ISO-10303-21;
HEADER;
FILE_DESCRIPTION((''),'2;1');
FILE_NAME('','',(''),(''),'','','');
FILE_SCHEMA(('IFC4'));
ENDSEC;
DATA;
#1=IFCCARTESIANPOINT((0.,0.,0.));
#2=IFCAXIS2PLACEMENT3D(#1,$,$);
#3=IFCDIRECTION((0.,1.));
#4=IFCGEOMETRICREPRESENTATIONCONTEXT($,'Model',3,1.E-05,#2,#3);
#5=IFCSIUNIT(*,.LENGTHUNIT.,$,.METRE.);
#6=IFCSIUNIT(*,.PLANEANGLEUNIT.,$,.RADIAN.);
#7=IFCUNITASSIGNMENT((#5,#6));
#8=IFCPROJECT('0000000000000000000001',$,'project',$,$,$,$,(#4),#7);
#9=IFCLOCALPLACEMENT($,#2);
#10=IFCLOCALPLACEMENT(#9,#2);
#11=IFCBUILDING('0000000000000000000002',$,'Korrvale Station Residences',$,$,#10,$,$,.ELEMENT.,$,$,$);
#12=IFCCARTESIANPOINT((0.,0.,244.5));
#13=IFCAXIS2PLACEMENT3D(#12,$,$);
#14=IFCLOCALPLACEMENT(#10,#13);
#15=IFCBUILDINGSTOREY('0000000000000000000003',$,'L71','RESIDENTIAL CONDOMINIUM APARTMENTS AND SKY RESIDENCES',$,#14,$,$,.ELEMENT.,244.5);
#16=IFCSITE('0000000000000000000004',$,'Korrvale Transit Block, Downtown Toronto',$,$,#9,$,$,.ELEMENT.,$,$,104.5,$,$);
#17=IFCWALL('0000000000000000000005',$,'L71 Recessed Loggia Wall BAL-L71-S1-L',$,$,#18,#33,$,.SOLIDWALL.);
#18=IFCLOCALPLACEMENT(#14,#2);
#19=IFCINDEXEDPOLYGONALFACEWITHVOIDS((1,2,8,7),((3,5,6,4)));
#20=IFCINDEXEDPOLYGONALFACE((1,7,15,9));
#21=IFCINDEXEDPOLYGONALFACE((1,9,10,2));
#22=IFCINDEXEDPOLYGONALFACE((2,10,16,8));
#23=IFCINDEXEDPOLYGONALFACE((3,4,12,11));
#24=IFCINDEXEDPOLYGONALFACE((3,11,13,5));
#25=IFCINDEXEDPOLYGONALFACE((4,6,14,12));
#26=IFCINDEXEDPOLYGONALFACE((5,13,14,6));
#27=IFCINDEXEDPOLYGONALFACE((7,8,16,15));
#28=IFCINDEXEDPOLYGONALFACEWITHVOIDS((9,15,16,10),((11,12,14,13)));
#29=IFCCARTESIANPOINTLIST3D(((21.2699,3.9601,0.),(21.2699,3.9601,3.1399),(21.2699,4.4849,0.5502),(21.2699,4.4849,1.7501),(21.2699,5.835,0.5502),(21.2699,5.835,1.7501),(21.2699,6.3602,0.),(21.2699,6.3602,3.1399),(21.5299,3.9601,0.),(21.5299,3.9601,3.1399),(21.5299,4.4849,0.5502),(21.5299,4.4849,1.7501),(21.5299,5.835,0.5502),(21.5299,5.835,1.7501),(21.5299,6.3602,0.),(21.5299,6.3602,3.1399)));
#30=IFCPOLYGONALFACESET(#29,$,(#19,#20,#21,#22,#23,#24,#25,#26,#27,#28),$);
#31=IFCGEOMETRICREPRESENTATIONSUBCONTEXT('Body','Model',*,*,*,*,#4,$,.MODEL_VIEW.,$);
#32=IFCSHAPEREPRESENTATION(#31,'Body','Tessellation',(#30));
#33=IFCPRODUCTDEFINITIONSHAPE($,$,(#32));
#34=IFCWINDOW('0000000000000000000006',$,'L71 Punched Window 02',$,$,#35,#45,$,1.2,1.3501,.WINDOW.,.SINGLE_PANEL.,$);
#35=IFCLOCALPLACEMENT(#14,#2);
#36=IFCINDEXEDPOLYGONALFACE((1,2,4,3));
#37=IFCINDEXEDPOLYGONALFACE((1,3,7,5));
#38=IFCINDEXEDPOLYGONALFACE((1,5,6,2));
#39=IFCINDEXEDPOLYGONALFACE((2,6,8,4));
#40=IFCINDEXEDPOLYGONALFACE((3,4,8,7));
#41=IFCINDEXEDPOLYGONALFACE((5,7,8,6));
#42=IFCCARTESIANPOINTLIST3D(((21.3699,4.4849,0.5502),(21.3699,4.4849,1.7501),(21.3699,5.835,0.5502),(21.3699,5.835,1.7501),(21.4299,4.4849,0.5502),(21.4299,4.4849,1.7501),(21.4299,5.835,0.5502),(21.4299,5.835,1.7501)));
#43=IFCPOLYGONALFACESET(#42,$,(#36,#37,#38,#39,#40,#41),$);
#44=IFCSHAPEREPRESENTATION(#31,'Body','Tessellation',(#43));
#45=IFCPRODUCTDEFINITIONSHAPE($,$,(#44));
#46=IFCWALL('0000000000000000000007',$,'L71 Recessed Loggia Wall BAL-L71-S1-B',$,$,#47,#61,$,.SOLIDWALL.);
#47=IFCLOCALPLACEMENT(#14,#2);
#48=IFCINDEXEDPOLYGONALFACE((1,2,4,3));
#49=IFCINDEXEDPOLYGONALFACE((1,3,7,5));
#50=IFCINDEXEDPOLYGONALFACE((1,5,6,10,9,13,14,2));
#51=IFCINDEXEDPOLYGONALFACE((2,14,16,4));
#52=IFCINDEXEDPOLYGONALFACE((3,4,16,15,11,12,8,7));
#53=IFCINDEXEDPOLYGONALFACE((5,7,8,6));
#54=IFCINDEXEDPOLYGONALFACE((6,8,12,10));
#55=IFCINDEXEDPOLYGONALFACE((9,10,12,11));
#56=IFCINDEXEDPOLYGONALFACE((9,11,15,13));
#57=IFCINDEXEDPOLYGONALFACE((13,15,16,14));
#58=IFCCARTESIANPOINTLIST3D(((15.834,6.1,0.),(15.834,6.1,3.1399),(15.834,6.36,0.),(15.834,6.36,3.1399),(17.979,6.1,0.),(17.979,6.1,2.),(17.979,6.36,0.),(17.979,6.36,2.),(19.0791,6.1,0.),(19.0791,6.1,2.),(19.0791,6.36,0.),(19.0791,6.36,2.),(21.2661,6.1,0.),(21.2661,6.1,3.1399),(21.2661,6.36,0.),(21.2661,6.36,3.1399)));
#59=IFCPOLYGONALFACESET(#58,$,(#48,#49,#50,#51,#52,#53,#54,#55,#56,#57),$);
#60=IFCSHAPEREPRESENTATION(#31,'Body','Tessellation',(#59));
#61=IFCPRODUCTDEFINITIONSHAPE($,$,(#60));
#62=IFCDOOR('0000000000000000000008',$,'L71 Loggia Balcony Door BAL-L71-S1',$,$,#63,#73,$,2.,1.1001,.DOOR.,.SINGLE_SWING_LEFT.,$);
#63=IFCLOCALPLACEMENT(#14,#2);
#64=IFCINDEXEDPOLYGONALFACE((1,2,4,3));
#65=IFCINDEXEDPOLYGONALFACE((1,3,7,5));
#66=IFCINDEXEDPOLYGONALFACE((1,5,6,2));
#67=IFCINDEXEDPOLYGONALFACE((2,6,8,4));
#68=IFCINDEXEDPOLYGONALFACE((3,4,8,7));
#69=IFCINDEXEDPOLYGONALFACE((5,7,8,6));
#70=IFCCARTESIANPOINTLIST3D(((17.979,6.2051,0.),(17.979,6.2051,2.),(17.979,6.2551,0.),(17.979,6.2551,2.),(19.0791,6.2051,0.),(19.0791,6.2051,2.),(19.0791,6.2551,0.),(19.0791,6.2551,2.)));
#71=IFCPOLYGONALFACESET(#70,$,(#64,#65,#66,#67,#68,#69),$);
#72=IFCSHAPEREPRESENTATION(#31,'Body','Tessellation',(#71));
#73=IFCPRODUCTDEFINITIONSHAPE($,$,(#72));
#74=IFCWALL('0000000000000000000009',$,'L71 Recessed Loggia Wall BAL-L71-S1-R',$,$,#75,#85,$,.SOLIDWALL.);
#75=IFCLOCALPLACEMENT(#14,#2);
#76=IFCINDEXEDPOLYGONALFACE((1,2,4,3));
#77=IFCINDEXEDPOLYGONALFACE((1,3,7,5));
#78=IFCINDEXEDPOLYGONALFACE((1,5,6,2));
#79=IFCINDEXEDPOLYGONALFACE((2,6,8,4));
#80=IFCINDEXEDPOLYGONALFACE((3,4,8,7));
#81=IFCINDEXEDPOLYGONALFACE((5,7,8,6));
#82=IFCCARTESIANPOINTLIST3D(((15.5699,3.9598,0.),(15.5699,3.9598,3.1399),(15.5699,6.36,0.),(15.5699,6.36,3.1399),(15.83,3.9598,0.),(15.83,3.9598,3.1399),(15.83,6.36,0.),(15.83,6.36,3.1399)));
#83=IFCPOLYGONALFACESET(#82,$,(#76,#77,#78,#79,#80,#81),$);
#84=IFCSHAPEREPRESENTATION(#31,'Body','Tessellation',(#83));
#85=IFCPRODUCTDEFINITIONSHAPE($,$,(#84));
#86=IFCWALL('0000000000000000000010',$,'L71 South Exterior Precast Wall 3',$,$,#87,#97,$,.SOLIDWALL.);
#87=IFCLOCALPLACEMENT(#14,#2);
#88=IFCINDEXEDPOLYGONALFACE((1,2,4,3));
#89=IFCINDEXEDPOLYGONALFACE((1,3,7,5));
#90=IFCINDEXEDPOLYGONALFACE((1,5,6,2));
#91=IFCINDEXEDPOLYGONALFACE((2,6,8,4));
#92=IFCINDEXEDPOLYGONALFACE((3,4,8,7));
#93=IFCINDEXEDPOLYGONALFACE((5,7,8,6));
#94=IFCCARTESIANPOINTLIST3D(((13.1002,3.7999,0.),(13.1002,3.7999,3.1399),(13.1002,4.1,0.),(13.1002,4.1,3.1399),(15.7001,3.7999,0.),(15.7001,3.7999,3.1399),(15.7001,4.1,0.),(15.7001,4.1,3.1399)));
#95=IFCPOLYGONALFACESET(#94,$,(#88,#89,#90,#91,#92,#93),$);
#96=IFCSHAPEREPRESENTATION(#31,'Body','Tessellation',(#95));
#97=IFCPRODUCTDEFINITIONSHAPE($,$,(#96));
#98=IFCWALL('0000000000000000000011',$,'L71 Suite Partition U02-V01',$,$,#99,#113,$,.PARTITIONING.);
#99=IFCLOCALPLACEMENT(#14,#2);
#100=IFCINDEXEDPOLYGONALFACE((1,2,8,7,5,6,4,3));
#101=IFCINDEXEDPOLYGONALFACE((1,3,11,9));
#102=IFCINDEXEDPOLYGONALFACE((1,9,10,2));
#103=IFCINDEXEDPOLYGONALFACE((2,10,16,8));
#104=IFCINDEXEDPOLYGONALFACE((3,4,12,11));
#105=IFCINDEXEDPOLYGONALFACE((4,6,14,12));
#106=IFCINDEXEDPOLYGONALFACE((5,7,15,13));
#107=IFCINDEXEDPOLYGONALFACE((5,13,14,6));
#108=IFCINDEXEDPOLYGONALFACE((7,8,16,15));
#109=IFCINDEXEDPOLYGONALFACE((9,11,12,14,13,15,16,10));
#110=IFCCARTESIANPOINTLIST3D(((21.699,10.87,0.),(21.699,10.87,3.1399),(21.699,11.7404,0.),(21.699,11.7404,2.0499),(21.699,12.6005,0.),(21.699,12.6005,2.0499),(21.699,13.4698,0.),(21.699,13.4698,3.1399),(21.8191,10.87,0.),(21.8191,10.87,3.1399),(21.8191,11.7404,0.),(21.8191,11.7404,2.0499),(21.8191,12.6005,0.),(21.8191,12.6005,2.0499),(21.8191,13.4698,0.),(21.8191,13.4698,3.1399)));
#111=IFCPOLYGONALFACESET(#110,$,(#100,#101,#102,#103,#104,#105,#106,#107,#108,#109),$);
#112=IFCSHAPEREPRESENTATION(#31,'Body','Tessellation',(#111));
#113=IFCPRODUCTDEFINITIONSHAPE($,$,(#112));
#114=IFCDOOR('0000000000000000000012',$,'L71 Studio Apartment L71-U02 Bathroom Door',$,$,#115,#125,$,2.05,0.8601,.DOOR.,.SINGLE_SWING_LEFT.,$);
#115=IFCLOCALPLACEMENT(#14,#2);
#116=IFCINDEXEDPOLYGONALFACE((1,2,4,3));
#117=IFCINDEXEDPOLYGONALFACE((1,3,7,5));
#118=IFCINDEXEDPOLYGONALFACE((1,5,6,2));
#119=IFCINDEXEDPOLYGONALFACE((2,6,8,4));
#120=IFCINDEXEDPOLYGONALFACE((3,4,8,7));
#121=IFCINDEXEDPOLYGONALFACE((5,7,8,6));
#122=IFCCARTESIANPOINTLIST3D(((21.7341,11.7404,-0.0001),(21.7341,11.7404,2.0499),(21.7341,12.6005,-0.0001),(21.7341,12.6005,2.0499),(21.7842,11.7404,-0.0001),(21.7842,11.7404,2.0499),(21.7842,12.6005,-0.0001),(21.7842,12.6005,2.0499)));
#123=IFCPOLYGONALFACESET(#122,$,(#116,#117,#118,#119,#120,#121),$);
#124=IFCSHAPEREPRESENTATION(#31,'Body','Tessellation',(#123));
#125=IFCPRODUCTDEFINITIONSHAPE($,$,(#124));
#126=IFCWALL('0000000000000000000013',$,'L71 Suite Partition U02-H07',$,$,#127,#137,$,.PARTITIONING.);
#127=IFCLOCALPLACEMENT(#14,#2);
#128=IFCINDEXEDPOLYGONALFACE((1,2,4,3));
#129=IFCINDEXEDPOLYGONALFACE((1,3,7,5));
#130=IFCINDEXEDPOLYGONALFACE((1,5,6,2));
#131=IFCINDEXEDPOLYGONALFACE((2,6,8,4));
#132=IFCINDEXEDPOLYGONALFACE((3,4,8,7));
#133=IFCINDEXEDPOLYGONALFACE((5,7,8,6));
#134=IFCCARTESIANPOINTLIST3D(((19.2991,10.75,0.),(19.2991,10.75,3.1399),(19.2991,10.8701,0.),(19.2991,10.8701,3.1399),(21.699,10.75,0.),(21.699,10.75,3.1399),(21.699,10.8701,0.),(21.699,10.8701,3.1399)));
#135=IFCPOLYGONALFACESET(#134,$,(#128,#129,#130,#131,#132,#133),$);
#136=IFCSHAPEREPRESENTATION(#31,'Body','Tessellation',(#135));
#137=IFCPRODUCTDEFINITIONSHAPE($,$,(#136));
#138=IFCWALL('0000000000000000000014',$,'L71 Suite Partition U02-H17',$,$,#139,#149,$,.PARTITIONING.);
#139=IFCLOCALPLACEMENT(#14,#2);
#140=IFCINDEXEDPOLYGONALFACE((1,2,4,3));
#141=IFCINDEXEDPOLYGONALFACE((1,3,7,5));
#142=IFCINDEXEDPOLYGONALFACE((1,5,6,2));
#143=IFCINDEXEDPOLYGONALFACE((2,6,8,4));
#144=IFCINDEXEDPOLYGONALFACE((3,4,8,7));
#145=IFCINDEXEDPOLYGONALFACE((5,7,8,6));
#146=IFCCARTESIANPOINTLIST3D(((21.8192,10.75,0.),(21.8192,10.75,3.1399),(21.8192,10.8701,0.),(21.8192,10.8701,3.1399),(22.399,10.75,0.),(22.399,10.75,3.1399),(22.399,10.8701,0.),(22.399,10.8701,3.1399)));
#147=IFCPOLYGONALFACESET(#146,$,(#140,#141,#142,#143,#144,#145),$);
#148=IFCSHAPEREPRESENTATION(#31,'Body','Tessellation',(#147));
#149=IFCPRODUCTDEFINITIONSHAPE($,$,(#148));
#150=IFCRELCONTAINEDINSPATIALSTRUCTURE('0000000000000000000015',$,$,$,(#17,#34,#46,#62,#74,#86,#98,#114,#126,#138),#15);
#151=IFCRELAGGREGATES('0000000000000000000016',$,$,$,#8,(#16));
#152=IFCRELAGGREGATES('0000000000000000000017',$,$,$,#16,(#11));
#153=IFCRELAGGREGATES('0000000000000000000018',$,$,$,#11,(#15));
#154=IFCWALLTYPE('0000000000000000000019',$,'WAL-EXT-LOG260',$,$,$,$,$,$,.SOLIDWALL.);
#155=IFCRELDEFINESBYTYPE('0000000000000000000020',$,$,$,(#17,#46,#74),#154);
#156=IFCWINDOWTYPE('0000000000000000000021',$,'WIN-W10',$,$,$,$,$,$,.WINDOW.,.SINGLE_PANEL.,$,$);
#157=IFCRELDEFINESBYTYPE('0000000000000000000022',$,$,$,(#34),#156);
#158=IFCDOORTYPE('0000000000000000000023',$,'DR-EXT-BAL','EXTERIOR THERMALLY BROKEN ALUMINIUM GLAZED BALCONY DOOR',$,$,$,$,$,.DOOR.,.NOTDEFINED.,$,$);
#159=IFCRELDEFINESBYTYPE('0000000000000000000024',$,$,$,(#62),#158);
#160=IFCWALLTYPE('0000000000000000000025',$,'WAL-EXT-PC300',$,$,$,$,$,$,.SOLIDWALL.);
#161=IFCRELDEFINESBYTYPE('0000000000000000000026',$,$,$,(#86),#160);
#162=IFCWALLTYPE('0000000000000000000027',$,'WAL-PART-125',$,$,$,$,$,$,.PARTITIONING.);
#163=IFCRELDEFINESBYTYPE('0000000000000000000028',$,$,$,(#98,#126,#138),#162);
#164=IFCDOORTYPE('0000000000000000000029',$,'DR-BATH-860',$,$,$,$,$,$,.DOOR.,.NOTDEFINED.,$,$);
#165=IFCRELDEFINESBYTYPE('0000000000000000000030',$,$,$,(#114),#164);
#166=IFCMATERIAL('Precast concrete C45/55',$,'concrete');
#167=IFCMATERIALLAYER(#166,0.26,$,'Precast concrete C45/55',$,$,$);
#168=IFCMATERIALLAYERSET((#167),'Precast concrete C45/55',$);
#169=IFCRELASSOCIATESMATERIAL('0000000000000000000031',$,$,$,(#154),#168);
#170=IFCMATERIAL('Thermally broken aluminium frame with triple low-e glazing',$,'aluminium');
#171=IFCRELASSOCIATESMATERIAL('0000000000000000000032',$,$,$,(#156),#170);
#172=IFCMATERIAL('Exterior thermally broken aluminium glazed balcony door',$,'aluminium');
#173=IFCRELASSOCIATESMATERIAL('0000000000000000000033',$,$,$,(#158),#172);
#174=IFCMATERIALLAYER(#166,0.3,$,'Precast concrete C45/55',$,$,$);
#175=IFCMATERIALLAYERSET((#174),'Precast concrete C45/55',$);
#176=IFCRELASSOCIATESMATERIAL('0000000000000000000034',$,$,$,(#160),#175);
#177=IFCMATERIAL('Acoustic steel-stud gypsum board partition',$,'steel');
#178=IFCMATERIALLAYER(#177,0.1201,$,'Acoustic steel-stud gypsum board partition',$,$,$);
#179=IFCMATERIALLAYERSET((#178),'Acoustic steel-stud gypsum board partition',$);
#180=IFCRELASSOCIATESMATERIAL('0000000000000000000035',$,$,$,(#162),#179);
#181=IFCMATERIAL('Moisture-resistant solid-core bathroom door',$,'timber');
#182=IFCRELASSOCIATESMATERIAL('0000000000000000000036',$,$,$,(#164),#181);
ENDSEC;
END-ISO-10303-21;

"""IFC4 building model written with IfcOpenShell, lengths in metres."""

from ifc_helpers import new_model, si_unit, direction, frame, frame_2d, origin, place, context, subcontext, project, spatial, rectangle, extrude, material, layer, layer_set, type_object, element, fill, save


model = new_model("IFC4")

# Units and contexts
model_context = context("Model", 3, precision=1e-05, world=origin(), true_north=direction((0.0, 1.0)))
body_context = subcontext(model_context, "Body", "Model", "MODEL_VIEW")
ifc_project = project(units=[si_unit("LENGTHUNIT", "METRE"), si_unit("PLANEANGLEUNIT", "RADIAN")], contexts=[model_context])

# Site, building, storey
site_placement = place(None, origin())
site = spatial("IfcSite", under=ifc_project, at=site_placement, Name="Korrvale Transit Block, Downtown Toronto", CompositionType="ELEMENT", RefElevation=104.5)
building_placement = place(site_placement, origin())
building = spatial("IfcBuilding", under=site, at=building_placement, Name="Korrvale Station Residences", CompositionType="ELEMENT")
storey_placement = place(building_placement, frame((0.0, 0.0, 244.5)))
storey = spatial("IfcBuildingStorey", under=building, at=storey_placement, Name="L71", Description="RESIDENTIAL CONDOMINIUM APARTMENTS AND SKY RESIDENCES", CompositionType="ELEMENT", Elevation=244.5)

# Wall, opening, window
ifc_material_1 = material(Name="Precast concrete C45/55", Category="concrete")
ifc_layer_1 = layer(ifc_material_1, 0.26, Name="Precast concrete C45/55")
ifc_layer_set_1 = layer_set([ifc_layer_1], Name="Precast concrete C45/55")
wall_type_1 = type_object("IfcWallType", Name="WAL-EXT-LOG260", PredefinedType="SOLIDWALL", material=ifc_layer_set_1)
wall_1_placement = place(storey_placement, frame((21.3999, 3.96, 0.0), z_axis=(0.0, 0.0, 1.0), x_axis=(0.0, 1.0, 0.0)))
wall_1 = element("IfcWall", 1, at=wall_1_placement, inside=storey, type_object=wall_type_1, Name="L71 Recessed Loggia Wall BAL-L71-S1-L", PredefinedType="SOLIDWALL", context=body_context, shape_type="SweptSolid", body=[
    extrude(rectangle(XDim=2.4001, YDim=0.26, at=frame_2d((1.2002, 0.0))), origin(), (0.0, 0.0, 1.0), 3.1399),
])
opening_1_placement = place(wall_1_placement, frame((0.5249, 0.0, 0.55)))
opening_1 = element("IfcOpeningElement", 2, at=opening_1_placement, cuts=wall_1, PredefinedType="OPENING", context=body_context, shape_type="SweptSolid", body=[
    extrude(rectangle(XDim=1.3501, YDim=1.2, at=frame_2d((0.675, 0.6001))), frame((0.0, 0.1401, 0.0), z_axis=(0.0, -1.0, 0.0), x_axis=(1.0, 0.0, 0.0)), (0.0, 0.0, 1.0), 0.28),
])
ifc_material_2 = material(Name="Thermally broken aluminium frame with triple low-e glazing", Category="aluminium")
window_type = type_object("IfcWindowType", Name="WIN-W10", PartitioningType="SINGLE_PANEL", PredefinedType="WINDOW", material=ifc_material_2)
window_placement = place(opening_1_placement, origin())
window = element("IfcWindow", 3, at=window_placement, inside=storey, type_object=window_type, Name="L71 Punched Window 02", OverallHeight=1.2, OverallWidth=1.3501, PartitioningType="SINGLE_PANEL", PredefinedType="WINDOW", context=body_context, shape_type="SweptSolid", body=[
    extrude(rectangle(XDim=1.3501, YDim=1.2, at=frame_2d((0.675, 0.6001))), frame((0.0, 0.03, 0.0), z_axis=(0.0, -1.0, 0.0), x_axis=(1.0, 0.0, 0.0)), (0.0, 0.0, 1.0), 0.0601),
])
fill(opening_1, window)

# Wall, opening, door
wall_2_placement = place(storey_placement, frame((21.2661, 6.23, 0.0), z_axis=(0.0, 0.0, 1.0), x_axis=(-1.0, 0.0, 0.0)))
wall_2 = element("IfcWall", 4, at=wall_2_placement, inside=storey, type_object=wall_type_1, Name="L71 Recessed Loggia Wall BAL-L71-S1-B", PredefinedType="SOLIDWALL", context=body_context, shape_type="SweptSolid", body=[
    extrude(rectangle(XDim=5.4321, YDim=0.26, at=frame_2d((2.7161, 0.0))), origin(), (0.0, 0.0, 1.0), 3.1399),
])
opening_2_placement = place(wall_2_placement, frame((2.187, 0.0, 0.0)))
opening_2 = element("IfcOpeningElement", 5, at=opening_2_placement, cuts=wall_2, PredefinedType="OPENING", context=body_context, shape_type="SweptSolid", body=[
    extrude(rectangle(XDim=1.1001, YDim=2.0, at=frame_2d((0.55, 1.0))), frame((0.0, 0.1401, 0.0), z_axis=(0.0, -1.0, 0.0), x_axis=(1.0, 0.0, 0.0)), (0.0, 0.0, 1.0), 0.28),
])
ifc_material_3 = material(Name="Exterior thermally broken aluminium glazed balcony door", Category="aluminium")
door_type_1 = type_object("IfcDoorType", Name="DR-EXT-BAL", Description="EXTERIOR THERMALLY BROKEN ALUMINIUM GLAZED BALCONY DOOR", OperationType="NOTDEFINED", PredefinedType="DOOR", material=ifc_material_3)
door_1_placement = place(opening_2_placement, origin())
door_1 = element("IfcDoor", 6, at=door_1_placement, inside=storey, type_object=door_type_1, Name="L71 Loggia Balcony Door BAL-L71-S1", OperationType="SINGLE_SWING_LEFT", OverallHeight=2.0, OverallWidth=1.1001, PredefinedType="DOOR", context=body_context, shape_type="SweptSolid", body=[
    extrude(rectangle(XDim=1.1001, YDim=2.0, at=frame_2d((0.55, 1.0))), frame((0.0, 0.0249, 0.0), z_axis=(0.0, -1.0, 0.0), x_axis=(1.0, 0.0, 0.0)), (0.0, 0.0, 1.0), 0.05),
])
fill(opening_2, door_1)

# Walls
wall_3_placement = place(storey_placement, frame((15.7, 6.3601, 0.0), z_axis=(0.0, 0.0, 1.0), x_axis=(0.0, -1.0, 0.0)))
element("IfcWall", 7, at=wall_3_placement, inside=storey, type_object=wall_type_1, Name="L71 Recessed Loggia Wall BAL-L71-S1-R", PredefinedType="SOLIDWALL", context=body_context, shape_type="SweptSolid", body=[
    extrude(rectangle(XDim=2.4001, YDim=0.26, at=frame_2d((1.2002, 0.0))), origin(), (0.0, 0.0, 1.0), 3.1399),
])
ifc_layer_2 = layer(ifc_material_1, 0.3, Name="Precast concrete C45/55")
ifc_layer_set_2 = layer_set([ifc_layer_2], Name="Precast concrete C45/55")
wall_type_2 = type_object("IfcWallType", Name="WAL-EXT-PC300", PredefinedType="SOLIDWALL", material=ifc_layer_set_2)
wall_4_placement = place(storey_placement, frame((15.7, 3.95, 0.0), z_axis=(0.0, 0.0, 1.0), x_axis=(-1.0, 0.0, 0.0)))
element("IfcWall", 8, at=wall_4_placement, inside=storey, type_object=wall_type_2, Name="L71 South Exterior Precast Wall 3", PredefinedType="SOLIDWALL", context=body_context, shape_type="SweptSolid", body=[
    extrude(rectangle(XDim=2.5999, YDim=0.3, at=frame_2d((1.2998, 0.0))), origin(), (0.0, 0.0, 1.0), 3.1399),
])

# Wall, opening, door
ifc_material_4 = material(Name="Acoustic steel-stud gypsum board partition", Category="steel")
ifc_layer_3 = layer(ifc_material_4, 0.1201, Name="Acoustic steel-stud gypsum board partition")
ifc_layer_set_3 = layer_set([ifc_layer_3], Name="Acoustic steel-stud gypsum board partition")
wall_type_3 = type_object("IfcWallType", Name="WAL-PART-125", PredefinedType="PARTITIONING", material=ifc_layer_set_3)
wall_5_placement = place(storey_placement, frame((21.759, 10.8701, 0.0), z_axis=(0.0, 0.0, 1.0), x_axis=(0.0, 1.0, 0.0)))
wall_5 = element("IfcWall", 9, at=wall_5_placement, inside=storey, type_object=wall_type_3, Name="L71 Suite Partition U02-V01", PredefinedType="PARTITIONING", context=body_context, shape_type="SweptSolid", body=[
    extrude(rectangle(XDim=2.5999, YDim=0.1201, at=frame_2d((1.2998, 0.0))), origin(), (0.0, 0.0, 1.0), 3.1399),
])
opening_3_placement = place(wall_5_placement, frame((0.8701, 0.0, 0.0)))
opening_3 = element("IfcOpeningElement", 10, at=opening_3_placement, cuts=wall_5, PredefinedType="OPENING", context=body_context, shape_type="SweptSolid", body=[
    extrude(rectangle(XDim=0.8601, YDim=2.05, at=frame_2d((0.4302, 1.0249))), frame((0.0, 0.0701, 0.0), z_axis=(0.0, -1.0, 0.0), x_axis=(1.0, 0.0, 0.0)), (0.0, 0.0, 1.0), 0.1401),
])
ifc_material_5 = material(Name="Moisture-resistant solid-core bathroom door", Category="timber")
door_type_2 = type_object("IfcDoorType", Name="DR-BATH-860", OperationType="NOTDEFINED", PredefinedType="DOOR", material=ifc_material_5)
door_2_placement = place(opening_3_placement, origin())
door_2 = element("IfcDoor", 11, at=door_2_placement, inside=storey, type_object=door_type_2, Name="L71 Studio Apartment L71-U02 Bathroom Door", OperationType="SINGLE_SWING_LEFT", OverallHeight=2.05, OverallWidth=0.8601, PredefinedType="DOOR", context=body_context, shape_type="SweptSolid", body=[
    extrude(rectangle(XDim=0.8601, YDim=2.05, at=frame_2d((0.4302, 1.0249))), frame((0.0, 0.0249, 0.0), z_axis=(0.0, -1.0, 0.0), x_axis=(1.0, 0.0, 0.0)), (0.0, 0.0, 1.0), 0.05),
])
fill(opening_3, door_2)

# Walls
wall_6_placement = place(storey_placement, frame((19.2991, 10.8101, 0.0), z_axis=(0.0, 0.0, 1.0), x_axis=(1.0, 0.0, 0.0)))
element("IfcWall", 12, at=wall_6_placement, inside=storey, type_object=wall_type_3, Name="L71 Suite Partition U02-H07", PredefinedType="PARTITIONING", context=body_context, shape_type="SweptSolid", body=[
    extrude(rectangle(XDim=2.3999, YDim=0.1201, at=frame_2d((1.2, 0.0))), origin(), (0.0, 0.0, 1.0), 3.1399),
])
wall_7_placement = place(storey_placement, frame((21.8191, 10.8101, 0.0), z_axis=(0.0, 0.0, 1.0), x_axis=(1.0, 0.0, 0.0)))
element("IfcWall", 13, at=wall_7_placement, inside=storey, type_object=wall_type_3, Name="L71 Suite Partition U02-H17", PredefinedType="PARTITIONING", context=body_context, shape_type="SweptSolid", body=[
    extrude(rectangle(XDim=0.5798, YDim=0.1201, at=frame_2d((0.29, 0.0))), origin(), (0.0, 0.0, 1.0), 3.1399),
])

save(model, "model.ifc")
